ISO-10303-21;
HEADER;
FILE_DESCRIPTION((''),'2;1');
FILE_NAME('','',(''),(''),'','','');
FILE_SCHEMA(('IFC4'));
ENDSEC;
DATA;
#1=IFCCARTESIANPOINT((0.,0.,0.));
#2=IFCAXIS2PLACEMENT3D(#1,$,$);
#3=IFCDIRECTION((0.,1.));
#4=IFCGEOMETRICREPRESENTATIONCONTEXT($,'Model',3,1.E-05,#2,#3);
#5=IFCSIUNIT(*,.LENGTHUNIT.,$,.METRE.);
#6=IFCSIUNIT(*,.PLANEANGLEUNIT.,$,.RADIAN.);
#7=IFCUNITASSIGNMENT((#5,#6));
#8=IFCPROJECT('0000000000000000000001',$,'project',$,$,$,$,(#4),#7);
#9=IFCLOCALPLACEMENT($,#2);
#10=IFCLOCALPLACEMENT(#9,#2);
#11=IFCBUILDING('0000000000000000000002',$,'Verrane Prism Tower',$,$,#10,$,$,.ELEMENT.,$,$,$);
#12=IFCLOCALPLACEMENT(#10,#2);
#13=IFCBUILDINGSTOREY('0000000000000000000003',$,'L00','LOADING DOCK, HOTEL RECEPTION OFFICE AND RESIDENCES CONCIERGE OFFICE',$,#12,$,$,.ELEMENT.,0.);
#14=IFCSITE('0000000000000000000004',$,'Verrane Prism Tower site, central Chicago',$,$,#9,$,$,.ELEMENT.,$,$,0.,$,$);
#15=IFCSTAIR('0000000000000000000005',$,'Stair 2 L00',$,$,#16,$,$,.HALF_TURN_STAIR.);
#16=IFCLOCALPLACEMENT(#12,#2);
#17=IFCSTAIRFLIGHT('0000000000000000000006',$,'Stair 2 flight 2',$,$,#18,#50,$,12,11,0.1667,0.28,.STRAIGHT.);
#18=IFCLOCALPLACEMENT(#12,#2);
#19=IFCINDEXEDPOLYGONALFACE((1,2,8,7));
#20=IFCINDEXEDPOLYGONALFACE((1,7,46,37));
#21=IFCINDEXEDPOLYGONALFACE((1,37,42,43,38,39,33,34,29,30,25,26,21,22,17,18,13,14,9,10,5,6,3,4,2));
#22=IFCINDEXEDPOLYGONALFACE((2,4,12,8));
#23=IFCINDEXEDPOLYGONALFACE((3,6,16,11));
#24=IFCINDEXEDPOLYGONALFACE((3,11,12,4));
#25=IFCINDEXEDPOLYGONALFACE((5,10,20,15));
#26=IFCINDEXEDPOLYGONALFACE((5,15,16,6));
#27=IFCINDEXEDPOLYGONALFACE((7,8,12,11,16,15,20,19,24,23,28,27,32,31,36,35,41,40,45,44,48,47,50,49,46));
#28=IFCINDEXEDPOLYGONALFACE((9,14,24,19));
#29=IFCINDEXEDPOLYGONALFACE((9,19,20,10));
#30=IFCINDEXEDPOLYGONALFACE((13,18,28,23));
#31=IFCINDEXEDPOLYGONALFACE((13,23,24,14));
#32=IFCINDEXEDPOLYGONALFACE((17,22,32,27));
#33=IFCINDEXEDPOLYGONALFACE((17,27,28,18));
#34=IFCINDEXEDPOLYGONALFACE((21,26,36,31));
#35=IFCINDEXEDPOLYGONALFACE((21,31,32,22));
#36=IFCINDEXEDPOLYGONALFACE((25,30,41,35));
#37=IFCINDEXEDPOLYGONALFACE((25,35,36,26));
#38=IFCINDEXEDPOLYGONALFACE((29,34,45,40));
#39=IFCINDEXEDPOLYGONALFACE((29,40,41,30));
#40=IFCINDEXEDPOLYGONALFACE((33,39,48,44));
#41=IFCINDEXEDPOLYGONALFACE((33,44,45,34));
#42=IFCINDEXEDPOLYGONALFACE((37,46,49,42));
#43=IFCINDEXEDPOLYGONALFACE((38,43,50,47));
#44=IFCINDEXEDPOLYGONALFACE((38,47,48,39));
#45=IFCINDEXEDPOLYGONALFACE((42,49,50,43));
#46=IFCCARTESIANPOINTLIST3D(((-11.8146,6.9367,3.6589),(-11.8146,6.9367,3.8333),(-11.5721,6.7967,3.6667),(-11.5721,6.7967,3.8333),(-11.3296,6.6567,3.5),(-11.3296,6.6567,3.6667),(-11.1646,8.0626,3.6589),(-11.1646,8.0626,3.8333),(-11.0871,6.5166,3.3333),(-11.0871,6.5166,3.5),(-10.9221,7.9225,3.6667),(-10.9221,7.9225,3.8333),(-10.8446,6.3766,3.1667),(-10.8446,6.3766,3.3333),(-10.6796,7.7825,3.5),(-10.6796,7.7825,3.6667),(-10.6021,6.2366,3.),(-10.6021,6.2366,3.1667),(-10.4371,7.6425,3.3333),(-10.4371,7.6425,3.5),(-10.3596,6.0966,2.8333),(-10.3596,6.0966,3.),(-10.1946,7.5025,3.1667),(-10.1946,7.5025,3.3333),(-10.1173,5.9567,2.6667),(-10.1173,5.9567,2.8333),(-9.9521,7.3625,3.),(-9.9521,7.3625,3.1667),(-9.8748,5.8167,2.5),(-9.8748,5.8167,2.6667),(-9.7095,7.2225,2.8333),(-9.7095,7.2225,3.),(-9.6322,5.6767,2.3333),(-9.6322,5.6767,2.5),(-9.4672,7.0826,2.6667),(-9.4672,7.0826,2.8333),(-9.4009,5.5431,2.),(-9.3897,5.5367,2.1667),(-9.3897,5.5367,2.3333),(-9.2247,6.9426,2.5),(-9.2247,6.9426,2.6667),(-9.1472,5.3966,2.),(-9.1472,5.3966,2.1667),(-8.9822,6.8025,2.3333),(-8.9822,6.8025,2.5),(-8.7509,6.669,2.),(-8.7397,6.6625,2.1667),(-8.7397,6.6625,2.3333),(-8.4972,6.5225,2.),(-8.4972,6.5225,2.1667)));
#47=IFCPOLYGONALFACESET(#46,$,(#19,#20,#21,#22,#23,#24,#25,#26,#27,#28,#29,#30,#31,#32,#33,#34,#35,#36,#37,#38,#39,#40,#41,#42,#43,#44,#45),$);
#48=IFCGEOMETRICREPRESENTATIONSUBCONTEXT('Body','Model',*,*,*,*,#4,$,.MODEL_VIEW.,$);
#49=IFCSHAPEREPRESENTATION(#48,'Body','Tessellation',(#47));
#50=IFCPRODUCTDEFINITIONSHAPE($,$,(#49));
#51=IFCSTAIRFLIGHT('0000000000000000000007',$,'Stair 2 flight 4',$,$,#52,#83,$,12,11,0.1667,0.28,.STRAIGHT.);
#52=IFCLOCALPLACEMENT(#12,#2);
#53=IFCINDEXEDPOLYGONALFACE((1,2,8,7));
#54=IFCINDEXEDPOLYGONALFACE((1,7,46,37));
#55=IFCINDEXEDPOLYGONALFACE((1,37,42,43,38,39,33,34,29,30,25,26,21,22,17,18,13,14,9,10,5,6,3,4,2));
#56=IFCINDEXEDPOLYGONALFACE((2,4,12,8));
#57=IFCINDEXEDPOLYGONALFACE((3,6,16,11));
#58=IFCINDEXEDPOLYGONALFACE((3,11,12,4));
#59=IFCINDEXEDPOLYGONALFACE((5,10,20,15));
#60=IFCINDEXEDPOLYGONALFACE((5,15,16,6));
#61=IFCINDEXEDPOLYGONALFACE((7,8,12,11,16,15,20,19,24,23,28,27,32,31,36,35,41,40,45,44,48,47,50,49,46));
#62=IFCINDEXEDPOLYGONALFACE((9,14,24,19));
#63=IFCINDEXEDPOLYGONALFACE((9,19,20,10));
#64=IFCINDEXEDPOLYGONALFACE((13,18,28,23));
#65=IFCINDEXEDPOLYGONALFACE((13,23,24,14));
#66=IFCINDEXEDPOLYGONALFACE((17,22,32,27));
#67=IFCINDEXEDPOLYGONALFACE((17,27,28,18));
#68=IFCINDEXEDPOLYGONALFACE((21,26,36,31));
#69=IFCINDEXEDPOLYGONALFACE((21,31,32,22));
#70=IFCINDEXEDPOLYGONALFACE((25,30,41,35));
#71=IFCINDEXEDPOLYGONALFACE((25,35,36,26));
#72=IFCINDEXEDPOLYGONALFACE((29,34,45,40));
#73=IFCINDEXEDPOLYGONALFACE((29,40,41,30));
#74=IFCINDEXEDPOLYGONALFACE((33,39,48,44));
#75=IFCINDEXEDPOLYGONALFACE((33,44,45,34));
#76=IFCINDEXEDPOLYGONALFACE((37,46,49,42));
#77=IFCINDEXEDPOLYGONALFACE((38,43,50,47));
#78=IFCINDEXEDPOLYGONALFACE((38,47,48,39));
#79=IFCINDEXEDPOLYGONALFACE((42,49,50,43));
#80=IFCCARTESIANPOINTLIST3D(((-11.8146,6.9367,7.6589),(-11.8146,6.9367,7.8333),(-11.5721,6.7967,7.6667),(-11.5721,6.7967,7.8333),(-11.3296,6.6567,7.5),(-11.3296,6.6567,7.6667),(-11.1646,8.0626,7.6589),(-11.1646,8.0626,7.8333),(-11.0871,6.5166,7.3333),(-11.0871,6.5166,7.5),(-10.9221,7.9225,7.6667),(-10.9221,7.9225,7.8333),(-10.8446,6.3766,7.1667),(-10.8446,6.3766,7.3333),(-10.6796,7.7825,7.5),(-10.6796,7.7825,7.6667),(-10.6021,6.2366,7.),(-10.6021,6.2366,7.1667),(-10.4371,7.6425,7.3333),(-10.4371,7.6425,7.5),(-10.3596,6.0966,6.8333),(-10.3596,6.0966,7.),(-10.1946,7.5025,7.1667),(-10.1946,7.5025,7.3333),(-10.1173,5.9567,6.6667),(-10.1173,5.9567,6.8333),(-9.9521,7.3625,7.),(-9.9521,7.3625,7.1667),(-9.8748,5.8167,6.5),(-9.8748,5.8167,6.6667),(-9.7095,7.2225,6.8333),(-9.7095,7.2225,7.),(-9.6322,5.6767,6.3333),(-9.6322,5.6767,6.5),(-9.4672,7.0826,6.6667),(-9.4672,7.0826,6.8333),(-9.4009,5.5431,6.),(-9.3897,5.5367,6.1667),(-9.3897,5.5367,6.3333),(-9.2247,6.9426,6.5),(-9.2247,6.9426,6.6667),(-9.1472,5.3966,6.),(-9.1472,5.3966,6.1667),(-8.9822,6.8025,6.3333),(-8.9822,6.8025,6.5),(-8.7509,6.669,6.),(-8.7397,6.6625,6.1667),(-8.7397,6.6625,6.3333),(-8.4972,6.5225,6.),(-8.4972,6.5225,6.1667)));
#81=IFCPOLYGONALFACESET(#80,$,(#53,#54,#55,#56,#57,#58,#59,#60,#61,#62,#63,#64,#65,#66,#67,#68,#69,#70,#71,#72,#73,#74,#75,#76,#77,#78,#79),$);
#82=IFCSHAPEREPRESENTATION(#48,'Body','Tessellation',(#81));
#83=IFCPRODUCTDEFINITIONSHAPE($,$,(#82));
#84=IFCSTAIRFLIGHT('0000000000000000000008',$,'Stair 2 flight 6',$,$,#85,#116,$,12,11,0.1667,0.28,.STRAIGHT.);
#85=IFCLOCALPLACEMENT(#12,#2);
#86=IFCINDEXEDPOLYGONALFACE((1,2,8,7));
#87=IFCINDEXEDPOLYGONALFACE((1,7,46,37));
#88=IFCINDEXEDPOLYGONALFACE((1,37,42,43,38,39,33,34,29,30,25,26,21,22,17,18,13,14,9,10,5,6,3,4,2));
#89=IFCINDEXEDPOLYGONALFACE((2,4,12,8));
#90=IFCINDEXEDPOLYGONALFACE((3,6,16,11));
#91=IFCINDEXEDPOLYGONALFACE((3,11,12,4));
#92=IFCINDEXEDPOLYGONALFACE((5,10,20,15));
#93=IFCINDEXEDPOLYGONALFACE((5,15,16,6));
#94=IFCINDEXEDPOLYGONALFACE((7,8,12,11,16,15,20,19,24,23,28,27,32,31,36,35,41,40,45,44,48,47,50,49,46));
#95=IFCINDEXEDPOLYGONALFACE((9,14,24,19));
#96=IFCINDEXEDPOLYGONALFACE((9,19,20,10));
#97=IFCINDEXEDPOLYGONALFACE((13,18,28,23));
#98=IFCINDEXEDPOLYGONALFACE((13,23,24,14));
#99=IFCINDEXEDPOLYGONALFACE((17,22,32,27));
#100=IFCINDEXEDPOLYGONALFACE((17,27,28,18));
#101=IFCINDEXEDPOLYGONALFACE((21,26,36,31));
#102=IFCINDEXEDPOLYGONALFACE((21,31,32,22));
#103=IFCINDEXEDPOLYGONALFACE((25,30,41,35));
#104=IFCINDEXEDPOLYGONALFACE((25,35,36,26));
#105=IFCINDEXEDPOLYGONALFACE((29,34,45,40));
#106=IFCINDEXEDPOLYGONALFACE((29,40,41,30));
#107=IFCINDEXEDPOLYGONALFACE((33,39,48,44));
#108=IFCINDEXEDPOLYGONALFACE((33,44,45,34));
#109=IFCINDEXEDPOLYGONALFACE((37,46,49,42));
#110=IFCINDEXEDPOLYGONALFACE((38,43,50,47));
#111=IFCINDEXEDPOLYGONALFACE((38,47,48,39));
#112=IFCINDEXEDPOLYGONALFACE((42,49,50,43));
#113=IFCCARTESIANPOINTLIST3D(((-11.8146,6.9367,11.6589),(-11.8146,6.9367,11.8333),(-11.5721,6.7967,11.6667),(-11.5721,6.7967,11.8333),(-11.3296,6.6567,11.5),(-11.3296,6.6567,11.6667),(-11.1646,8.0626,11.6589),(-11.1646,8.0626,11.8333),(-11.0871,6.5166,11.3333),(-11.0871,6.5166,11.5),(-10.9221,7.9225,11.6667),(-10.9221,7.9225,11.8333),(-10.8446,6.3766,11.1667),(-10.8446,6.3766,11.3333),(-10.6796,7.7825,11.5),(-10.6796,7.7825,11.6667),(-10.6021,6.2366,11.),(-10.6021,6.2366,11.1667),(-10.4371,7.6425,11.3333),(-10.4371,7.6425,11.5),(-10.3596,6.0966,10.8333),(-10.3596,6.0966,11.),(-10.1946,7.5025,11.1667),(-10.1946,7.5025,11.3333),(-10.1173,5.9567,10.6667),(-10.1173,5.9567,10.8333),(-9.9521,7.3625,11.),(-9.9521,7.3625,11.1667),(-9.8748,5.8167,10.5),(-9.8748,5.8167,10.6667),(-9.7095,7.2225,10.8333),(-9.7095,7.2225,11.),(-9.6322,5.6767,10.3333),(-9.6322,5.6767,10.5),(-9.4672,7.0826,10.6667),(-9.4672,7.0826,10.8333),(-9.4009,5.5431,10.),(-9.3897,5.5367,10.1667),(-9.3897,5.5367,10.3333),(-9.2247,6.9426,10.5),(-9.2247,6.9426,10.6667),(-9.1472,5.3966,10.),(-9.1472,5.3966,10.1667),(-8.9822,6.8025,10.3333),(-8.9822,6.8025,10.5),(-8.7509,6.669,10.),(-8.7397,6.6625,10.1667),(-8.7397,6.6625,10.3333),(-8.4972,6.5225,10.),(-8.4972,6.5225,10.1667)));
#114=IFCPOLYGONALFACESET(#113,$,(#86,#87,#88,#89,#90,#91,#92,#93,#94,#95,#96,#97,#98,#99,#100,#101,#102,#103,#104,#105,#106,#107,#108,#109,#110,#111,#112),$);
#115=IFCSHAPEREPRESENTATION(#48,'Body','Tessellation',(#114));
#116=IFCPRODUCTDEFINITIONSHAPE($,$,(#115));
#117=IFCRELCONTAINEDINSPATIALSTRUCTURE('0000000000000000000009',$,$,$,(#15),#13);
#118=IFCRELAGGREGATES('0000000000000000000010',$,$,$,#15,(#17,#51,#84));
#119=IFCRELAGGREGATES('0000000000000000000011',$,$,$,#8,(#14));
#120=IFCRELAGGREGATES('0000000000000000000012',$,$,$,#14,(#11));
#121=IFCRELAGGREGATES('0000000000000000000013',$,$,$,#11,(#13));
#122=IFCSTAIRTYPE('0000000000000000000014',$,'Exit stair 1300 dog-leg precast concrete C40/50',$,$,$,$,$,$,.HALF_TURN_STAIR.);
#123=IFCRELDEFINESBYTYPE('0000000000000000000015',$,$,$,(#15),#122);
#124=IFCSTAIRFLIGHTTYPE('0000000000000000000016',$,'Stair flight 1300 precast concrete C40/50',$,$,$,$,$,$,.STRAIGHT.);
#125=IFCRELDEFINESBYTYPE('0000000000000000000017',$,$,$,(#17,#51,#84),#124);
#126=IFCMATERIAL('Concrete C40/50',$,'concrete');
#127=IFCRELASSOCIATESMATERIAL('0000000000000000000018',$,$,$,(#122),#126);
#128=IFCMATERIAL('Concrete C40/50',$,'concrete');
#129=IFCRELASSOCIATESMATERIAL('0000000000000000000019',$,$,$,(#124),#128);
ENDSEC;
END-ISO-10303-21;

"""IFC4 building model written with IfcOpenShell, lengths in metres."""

from ifc_helpers import new_model, si_unit, direction, frame, origin, place, context, subcontext, project, spatial, polyline, outline, extrude, material, type_object, element, aggregate, save


model = new_model("IFC4")

# Units and contexts
model_context = context("Model", 3, precision=1e-05, world=origin(), true_north=direction((0.0, 1.0)))
body_context = subcontext(model_context, "Body", "Model", "MODEL_VIEW")
ifc_project = project(units=[si_unit("LENGTHUNIT", "METRE"), si_unit("PLANEANGLEUNIT", "RADIAN")], contexts=[model_context])

# Site, building, storey
site_placement = place(None, origin())
site = spatial("IfcSite", under=ifc_project, at=site_placement, Name="Verrane Prism Tower site, central Chicago", CompositionType="ELEMENT", RefElevation=0.0)
building_placement = place(site_placement, origin())
building = spatial("IfcBuilding", under=site, at=building_placement, Name="Verrane Prism Tower", CompositionType="ELEMENT")
storey_placement = place(building_placement, origin())
storey = spatial("IfcBuildingStorey", under=building, at=storey_placement, Name="L00", Description="LOADING DOCK, HOTEL RECEPTION OFFICE AND RESIDENCES CONCIERGE OFFICE", CompositionType="ELEMENT", Elevation=0.0)

# Stair, stair flights
ifc_material_1 = material(Name="Concrete C40/50", Category="concrete")
stair_type = type_object("IfcStairType", Name="Exit stair 1300 dog-leg precast concrete C40/50", PredefinedType="HALF_TURN_STAIR", material=ifc_material_1)
stair_placement = place(storey_placement, origin())
stair = element("IfcStair", 1, at=stair_placement, inside=storey, type_object=stair_type, Name="Stair 2 L00", PredefinedType="HALF_TURN_STAIR")
ifc_material_2 = material(Name="Concrete C40/50", Category="concrete")
stair_flight_type = type_object("IfcStairFlightType", Name="Stair flight 1300 precast concrete C40/50", PredefinedType="STRAIGHT", material=ifc_material_2)
stair_flight_1_placement = place(storey_placement, frame((-8.8223, 5.9595, 2.0), z_axis=(0.0, 0.0, 1.0), x_axis=(-0.866025, 0.5, 0.0)))
stair_flight_1 = element("IfcStairFlight", 2, at=stair_flight_1_placement, type_object=stair_flight_type, Name="Stair 2 flight 2", NumberOfRisers=12, NumberOfTreads=11, PredefinedType="STRAIGHT", RiserHeight=0.1667, TreadLength=0.28, context=body_context, shape_type="SweptSolid", body=[
    extrude(outline(polyline([(0.0, 0.0), (0.0, 0.1667), (0.28, 0.1667), (0.28, 0.3333), (0.5601, 0.3333), (0.5601, 0.5), (0.8401, 0.5), (0.8401, 0.6667), (1.1201, 0.6667), (1.1201, 0.8333), (1.3999, 0.8333), (1.3999, 1.0), (1.6799, 1.0), (1.6799, 1.1667), (1.96, 1.1667), (1.96, 1.3333), (2.24, 1.3333), (2.24, 1.5), (2.52, 1.5), (2.52, 1.6667), (2.8, 1.6667), (2.8, 1.8333), (3.0801, 1.8333), (3.0801, 2.0), (3.0801, 1.6589), (0.293, 0.0), (0.0, 0.0)])), frame((0.0, 0.6499, 0.0), z_axis=(0.0, -1.0, 0.0), x_axis=(1.0, 0.0, 0.0)), (0.0, 0.0, 1.0), 1.3),
])
stair_flight_2_placement = place(storey_placement, frame((-8.8223, 5.9595, 6.0), z_axis=(0.0, 0.0, 1.0), x_axis=(-0.866025, 0.5, 0.0)))
stair_flight_2 = element("IfcStairFlight", 3, at=stair_flight_2_placement, type_object=stair_flight_type, Name="Stair 2 flight 4", NumberOfRisers=12, NumberOfTreads=11, PredefinedType="STRAIGHT", RiserHeight=0.1667, TreadLength=0.28, context=body_context, shape_type="SweptSolid", body=[
    extrude(outline(polyline([(0.0, 0.0), (0.0, 0.1667), (0.28, 0.1667), (0.28, 0.3333), (0.5601, 0.3333), (0.5601, 0.5), (0.8401, 0.5), (0.8401, 0.6667), (1.1201, 0.6667), (1.1201, 0.8333), (1.3999, 0.8333), (1.3999, 1.0), (1.6799, 1.0), (1.6799, 1.1667), (1.96, 1.1667), (1.96, 1.3333), (2.24, 1.3333), (2.24, 1.5), (2.52, 1.5), (2.52, 1.6667), (2.8, 1.6667), (2.8, 1.8333), (3.0801, 1.8333), (3.0801, 2.0), (3.0801, 1.6589), (0.293, 0.0), (0.0, 0.0)])), frame((0.0, 0.6499, 0.0), z_axis=(0.0, -1.0, 0.0), x_axis=(1.0, 0.0, 0.0)), (0.0, 0.0, 1.0), 1.3),
])
stair_flight_3_placement = place(storey_placement, frame((-8.8223, 5.9595, 10.0), z_axis=(0.0, 0.0, 1.0), x_axis=(-0.866025, 0.5, 0.0)))
stair_flight_3 = element("IfcStairFlight", 4, at=stair_flight_3_placement, type_object=stair_flight_type, Name="Stair 2 flight 6", NumberOfRisers=12, NumberOfTreads=11, PredefinedType="STRAIGHT", RiserHeight=0.1667, TreadLength=0.28, context=body_context, shape_type="SweptSolid", body=[
    extrude(outline(polyline([(0.0, 0.0), (0.0, 0.1667), (0.28, 0.1667), (0.28, 0.3333), (0.5601, 0.3333), (0.5601, 0.5), (0.8401, 0.5), (0.8401, 0.6667), (1.1201, 0.6667), (1.1201, 0.8333), (1.3999, 0.8333), (1.3999, 1.0), (1.6799, 1.0), (1.6799, 1.1667), (1.96, 1.1667), (1.96, 1.3333), (2.24, 1.3333), (2.24, 1.5), (2.52, 1.5), (2.52, 1.6667), (2.8, 1.6667), (2.8, 1.8333), (3.0801, 1.8333), (3.0801, 2.0), (3.0801, 1.6589), (0.293, 0.0), (0.0, 0.0)])), frame((0.0, 0.6499, 0.0), z_axis=(0.0, -1.0, 0.0), x_axis=(1.0, 0.0, 0.0)), (0.0, 0.0, 1.0), 1.3),
])
aggregate(stair, [stair_flight_1, stair_flight_2, stair_flight_3])

save(model, "model.ifc")
